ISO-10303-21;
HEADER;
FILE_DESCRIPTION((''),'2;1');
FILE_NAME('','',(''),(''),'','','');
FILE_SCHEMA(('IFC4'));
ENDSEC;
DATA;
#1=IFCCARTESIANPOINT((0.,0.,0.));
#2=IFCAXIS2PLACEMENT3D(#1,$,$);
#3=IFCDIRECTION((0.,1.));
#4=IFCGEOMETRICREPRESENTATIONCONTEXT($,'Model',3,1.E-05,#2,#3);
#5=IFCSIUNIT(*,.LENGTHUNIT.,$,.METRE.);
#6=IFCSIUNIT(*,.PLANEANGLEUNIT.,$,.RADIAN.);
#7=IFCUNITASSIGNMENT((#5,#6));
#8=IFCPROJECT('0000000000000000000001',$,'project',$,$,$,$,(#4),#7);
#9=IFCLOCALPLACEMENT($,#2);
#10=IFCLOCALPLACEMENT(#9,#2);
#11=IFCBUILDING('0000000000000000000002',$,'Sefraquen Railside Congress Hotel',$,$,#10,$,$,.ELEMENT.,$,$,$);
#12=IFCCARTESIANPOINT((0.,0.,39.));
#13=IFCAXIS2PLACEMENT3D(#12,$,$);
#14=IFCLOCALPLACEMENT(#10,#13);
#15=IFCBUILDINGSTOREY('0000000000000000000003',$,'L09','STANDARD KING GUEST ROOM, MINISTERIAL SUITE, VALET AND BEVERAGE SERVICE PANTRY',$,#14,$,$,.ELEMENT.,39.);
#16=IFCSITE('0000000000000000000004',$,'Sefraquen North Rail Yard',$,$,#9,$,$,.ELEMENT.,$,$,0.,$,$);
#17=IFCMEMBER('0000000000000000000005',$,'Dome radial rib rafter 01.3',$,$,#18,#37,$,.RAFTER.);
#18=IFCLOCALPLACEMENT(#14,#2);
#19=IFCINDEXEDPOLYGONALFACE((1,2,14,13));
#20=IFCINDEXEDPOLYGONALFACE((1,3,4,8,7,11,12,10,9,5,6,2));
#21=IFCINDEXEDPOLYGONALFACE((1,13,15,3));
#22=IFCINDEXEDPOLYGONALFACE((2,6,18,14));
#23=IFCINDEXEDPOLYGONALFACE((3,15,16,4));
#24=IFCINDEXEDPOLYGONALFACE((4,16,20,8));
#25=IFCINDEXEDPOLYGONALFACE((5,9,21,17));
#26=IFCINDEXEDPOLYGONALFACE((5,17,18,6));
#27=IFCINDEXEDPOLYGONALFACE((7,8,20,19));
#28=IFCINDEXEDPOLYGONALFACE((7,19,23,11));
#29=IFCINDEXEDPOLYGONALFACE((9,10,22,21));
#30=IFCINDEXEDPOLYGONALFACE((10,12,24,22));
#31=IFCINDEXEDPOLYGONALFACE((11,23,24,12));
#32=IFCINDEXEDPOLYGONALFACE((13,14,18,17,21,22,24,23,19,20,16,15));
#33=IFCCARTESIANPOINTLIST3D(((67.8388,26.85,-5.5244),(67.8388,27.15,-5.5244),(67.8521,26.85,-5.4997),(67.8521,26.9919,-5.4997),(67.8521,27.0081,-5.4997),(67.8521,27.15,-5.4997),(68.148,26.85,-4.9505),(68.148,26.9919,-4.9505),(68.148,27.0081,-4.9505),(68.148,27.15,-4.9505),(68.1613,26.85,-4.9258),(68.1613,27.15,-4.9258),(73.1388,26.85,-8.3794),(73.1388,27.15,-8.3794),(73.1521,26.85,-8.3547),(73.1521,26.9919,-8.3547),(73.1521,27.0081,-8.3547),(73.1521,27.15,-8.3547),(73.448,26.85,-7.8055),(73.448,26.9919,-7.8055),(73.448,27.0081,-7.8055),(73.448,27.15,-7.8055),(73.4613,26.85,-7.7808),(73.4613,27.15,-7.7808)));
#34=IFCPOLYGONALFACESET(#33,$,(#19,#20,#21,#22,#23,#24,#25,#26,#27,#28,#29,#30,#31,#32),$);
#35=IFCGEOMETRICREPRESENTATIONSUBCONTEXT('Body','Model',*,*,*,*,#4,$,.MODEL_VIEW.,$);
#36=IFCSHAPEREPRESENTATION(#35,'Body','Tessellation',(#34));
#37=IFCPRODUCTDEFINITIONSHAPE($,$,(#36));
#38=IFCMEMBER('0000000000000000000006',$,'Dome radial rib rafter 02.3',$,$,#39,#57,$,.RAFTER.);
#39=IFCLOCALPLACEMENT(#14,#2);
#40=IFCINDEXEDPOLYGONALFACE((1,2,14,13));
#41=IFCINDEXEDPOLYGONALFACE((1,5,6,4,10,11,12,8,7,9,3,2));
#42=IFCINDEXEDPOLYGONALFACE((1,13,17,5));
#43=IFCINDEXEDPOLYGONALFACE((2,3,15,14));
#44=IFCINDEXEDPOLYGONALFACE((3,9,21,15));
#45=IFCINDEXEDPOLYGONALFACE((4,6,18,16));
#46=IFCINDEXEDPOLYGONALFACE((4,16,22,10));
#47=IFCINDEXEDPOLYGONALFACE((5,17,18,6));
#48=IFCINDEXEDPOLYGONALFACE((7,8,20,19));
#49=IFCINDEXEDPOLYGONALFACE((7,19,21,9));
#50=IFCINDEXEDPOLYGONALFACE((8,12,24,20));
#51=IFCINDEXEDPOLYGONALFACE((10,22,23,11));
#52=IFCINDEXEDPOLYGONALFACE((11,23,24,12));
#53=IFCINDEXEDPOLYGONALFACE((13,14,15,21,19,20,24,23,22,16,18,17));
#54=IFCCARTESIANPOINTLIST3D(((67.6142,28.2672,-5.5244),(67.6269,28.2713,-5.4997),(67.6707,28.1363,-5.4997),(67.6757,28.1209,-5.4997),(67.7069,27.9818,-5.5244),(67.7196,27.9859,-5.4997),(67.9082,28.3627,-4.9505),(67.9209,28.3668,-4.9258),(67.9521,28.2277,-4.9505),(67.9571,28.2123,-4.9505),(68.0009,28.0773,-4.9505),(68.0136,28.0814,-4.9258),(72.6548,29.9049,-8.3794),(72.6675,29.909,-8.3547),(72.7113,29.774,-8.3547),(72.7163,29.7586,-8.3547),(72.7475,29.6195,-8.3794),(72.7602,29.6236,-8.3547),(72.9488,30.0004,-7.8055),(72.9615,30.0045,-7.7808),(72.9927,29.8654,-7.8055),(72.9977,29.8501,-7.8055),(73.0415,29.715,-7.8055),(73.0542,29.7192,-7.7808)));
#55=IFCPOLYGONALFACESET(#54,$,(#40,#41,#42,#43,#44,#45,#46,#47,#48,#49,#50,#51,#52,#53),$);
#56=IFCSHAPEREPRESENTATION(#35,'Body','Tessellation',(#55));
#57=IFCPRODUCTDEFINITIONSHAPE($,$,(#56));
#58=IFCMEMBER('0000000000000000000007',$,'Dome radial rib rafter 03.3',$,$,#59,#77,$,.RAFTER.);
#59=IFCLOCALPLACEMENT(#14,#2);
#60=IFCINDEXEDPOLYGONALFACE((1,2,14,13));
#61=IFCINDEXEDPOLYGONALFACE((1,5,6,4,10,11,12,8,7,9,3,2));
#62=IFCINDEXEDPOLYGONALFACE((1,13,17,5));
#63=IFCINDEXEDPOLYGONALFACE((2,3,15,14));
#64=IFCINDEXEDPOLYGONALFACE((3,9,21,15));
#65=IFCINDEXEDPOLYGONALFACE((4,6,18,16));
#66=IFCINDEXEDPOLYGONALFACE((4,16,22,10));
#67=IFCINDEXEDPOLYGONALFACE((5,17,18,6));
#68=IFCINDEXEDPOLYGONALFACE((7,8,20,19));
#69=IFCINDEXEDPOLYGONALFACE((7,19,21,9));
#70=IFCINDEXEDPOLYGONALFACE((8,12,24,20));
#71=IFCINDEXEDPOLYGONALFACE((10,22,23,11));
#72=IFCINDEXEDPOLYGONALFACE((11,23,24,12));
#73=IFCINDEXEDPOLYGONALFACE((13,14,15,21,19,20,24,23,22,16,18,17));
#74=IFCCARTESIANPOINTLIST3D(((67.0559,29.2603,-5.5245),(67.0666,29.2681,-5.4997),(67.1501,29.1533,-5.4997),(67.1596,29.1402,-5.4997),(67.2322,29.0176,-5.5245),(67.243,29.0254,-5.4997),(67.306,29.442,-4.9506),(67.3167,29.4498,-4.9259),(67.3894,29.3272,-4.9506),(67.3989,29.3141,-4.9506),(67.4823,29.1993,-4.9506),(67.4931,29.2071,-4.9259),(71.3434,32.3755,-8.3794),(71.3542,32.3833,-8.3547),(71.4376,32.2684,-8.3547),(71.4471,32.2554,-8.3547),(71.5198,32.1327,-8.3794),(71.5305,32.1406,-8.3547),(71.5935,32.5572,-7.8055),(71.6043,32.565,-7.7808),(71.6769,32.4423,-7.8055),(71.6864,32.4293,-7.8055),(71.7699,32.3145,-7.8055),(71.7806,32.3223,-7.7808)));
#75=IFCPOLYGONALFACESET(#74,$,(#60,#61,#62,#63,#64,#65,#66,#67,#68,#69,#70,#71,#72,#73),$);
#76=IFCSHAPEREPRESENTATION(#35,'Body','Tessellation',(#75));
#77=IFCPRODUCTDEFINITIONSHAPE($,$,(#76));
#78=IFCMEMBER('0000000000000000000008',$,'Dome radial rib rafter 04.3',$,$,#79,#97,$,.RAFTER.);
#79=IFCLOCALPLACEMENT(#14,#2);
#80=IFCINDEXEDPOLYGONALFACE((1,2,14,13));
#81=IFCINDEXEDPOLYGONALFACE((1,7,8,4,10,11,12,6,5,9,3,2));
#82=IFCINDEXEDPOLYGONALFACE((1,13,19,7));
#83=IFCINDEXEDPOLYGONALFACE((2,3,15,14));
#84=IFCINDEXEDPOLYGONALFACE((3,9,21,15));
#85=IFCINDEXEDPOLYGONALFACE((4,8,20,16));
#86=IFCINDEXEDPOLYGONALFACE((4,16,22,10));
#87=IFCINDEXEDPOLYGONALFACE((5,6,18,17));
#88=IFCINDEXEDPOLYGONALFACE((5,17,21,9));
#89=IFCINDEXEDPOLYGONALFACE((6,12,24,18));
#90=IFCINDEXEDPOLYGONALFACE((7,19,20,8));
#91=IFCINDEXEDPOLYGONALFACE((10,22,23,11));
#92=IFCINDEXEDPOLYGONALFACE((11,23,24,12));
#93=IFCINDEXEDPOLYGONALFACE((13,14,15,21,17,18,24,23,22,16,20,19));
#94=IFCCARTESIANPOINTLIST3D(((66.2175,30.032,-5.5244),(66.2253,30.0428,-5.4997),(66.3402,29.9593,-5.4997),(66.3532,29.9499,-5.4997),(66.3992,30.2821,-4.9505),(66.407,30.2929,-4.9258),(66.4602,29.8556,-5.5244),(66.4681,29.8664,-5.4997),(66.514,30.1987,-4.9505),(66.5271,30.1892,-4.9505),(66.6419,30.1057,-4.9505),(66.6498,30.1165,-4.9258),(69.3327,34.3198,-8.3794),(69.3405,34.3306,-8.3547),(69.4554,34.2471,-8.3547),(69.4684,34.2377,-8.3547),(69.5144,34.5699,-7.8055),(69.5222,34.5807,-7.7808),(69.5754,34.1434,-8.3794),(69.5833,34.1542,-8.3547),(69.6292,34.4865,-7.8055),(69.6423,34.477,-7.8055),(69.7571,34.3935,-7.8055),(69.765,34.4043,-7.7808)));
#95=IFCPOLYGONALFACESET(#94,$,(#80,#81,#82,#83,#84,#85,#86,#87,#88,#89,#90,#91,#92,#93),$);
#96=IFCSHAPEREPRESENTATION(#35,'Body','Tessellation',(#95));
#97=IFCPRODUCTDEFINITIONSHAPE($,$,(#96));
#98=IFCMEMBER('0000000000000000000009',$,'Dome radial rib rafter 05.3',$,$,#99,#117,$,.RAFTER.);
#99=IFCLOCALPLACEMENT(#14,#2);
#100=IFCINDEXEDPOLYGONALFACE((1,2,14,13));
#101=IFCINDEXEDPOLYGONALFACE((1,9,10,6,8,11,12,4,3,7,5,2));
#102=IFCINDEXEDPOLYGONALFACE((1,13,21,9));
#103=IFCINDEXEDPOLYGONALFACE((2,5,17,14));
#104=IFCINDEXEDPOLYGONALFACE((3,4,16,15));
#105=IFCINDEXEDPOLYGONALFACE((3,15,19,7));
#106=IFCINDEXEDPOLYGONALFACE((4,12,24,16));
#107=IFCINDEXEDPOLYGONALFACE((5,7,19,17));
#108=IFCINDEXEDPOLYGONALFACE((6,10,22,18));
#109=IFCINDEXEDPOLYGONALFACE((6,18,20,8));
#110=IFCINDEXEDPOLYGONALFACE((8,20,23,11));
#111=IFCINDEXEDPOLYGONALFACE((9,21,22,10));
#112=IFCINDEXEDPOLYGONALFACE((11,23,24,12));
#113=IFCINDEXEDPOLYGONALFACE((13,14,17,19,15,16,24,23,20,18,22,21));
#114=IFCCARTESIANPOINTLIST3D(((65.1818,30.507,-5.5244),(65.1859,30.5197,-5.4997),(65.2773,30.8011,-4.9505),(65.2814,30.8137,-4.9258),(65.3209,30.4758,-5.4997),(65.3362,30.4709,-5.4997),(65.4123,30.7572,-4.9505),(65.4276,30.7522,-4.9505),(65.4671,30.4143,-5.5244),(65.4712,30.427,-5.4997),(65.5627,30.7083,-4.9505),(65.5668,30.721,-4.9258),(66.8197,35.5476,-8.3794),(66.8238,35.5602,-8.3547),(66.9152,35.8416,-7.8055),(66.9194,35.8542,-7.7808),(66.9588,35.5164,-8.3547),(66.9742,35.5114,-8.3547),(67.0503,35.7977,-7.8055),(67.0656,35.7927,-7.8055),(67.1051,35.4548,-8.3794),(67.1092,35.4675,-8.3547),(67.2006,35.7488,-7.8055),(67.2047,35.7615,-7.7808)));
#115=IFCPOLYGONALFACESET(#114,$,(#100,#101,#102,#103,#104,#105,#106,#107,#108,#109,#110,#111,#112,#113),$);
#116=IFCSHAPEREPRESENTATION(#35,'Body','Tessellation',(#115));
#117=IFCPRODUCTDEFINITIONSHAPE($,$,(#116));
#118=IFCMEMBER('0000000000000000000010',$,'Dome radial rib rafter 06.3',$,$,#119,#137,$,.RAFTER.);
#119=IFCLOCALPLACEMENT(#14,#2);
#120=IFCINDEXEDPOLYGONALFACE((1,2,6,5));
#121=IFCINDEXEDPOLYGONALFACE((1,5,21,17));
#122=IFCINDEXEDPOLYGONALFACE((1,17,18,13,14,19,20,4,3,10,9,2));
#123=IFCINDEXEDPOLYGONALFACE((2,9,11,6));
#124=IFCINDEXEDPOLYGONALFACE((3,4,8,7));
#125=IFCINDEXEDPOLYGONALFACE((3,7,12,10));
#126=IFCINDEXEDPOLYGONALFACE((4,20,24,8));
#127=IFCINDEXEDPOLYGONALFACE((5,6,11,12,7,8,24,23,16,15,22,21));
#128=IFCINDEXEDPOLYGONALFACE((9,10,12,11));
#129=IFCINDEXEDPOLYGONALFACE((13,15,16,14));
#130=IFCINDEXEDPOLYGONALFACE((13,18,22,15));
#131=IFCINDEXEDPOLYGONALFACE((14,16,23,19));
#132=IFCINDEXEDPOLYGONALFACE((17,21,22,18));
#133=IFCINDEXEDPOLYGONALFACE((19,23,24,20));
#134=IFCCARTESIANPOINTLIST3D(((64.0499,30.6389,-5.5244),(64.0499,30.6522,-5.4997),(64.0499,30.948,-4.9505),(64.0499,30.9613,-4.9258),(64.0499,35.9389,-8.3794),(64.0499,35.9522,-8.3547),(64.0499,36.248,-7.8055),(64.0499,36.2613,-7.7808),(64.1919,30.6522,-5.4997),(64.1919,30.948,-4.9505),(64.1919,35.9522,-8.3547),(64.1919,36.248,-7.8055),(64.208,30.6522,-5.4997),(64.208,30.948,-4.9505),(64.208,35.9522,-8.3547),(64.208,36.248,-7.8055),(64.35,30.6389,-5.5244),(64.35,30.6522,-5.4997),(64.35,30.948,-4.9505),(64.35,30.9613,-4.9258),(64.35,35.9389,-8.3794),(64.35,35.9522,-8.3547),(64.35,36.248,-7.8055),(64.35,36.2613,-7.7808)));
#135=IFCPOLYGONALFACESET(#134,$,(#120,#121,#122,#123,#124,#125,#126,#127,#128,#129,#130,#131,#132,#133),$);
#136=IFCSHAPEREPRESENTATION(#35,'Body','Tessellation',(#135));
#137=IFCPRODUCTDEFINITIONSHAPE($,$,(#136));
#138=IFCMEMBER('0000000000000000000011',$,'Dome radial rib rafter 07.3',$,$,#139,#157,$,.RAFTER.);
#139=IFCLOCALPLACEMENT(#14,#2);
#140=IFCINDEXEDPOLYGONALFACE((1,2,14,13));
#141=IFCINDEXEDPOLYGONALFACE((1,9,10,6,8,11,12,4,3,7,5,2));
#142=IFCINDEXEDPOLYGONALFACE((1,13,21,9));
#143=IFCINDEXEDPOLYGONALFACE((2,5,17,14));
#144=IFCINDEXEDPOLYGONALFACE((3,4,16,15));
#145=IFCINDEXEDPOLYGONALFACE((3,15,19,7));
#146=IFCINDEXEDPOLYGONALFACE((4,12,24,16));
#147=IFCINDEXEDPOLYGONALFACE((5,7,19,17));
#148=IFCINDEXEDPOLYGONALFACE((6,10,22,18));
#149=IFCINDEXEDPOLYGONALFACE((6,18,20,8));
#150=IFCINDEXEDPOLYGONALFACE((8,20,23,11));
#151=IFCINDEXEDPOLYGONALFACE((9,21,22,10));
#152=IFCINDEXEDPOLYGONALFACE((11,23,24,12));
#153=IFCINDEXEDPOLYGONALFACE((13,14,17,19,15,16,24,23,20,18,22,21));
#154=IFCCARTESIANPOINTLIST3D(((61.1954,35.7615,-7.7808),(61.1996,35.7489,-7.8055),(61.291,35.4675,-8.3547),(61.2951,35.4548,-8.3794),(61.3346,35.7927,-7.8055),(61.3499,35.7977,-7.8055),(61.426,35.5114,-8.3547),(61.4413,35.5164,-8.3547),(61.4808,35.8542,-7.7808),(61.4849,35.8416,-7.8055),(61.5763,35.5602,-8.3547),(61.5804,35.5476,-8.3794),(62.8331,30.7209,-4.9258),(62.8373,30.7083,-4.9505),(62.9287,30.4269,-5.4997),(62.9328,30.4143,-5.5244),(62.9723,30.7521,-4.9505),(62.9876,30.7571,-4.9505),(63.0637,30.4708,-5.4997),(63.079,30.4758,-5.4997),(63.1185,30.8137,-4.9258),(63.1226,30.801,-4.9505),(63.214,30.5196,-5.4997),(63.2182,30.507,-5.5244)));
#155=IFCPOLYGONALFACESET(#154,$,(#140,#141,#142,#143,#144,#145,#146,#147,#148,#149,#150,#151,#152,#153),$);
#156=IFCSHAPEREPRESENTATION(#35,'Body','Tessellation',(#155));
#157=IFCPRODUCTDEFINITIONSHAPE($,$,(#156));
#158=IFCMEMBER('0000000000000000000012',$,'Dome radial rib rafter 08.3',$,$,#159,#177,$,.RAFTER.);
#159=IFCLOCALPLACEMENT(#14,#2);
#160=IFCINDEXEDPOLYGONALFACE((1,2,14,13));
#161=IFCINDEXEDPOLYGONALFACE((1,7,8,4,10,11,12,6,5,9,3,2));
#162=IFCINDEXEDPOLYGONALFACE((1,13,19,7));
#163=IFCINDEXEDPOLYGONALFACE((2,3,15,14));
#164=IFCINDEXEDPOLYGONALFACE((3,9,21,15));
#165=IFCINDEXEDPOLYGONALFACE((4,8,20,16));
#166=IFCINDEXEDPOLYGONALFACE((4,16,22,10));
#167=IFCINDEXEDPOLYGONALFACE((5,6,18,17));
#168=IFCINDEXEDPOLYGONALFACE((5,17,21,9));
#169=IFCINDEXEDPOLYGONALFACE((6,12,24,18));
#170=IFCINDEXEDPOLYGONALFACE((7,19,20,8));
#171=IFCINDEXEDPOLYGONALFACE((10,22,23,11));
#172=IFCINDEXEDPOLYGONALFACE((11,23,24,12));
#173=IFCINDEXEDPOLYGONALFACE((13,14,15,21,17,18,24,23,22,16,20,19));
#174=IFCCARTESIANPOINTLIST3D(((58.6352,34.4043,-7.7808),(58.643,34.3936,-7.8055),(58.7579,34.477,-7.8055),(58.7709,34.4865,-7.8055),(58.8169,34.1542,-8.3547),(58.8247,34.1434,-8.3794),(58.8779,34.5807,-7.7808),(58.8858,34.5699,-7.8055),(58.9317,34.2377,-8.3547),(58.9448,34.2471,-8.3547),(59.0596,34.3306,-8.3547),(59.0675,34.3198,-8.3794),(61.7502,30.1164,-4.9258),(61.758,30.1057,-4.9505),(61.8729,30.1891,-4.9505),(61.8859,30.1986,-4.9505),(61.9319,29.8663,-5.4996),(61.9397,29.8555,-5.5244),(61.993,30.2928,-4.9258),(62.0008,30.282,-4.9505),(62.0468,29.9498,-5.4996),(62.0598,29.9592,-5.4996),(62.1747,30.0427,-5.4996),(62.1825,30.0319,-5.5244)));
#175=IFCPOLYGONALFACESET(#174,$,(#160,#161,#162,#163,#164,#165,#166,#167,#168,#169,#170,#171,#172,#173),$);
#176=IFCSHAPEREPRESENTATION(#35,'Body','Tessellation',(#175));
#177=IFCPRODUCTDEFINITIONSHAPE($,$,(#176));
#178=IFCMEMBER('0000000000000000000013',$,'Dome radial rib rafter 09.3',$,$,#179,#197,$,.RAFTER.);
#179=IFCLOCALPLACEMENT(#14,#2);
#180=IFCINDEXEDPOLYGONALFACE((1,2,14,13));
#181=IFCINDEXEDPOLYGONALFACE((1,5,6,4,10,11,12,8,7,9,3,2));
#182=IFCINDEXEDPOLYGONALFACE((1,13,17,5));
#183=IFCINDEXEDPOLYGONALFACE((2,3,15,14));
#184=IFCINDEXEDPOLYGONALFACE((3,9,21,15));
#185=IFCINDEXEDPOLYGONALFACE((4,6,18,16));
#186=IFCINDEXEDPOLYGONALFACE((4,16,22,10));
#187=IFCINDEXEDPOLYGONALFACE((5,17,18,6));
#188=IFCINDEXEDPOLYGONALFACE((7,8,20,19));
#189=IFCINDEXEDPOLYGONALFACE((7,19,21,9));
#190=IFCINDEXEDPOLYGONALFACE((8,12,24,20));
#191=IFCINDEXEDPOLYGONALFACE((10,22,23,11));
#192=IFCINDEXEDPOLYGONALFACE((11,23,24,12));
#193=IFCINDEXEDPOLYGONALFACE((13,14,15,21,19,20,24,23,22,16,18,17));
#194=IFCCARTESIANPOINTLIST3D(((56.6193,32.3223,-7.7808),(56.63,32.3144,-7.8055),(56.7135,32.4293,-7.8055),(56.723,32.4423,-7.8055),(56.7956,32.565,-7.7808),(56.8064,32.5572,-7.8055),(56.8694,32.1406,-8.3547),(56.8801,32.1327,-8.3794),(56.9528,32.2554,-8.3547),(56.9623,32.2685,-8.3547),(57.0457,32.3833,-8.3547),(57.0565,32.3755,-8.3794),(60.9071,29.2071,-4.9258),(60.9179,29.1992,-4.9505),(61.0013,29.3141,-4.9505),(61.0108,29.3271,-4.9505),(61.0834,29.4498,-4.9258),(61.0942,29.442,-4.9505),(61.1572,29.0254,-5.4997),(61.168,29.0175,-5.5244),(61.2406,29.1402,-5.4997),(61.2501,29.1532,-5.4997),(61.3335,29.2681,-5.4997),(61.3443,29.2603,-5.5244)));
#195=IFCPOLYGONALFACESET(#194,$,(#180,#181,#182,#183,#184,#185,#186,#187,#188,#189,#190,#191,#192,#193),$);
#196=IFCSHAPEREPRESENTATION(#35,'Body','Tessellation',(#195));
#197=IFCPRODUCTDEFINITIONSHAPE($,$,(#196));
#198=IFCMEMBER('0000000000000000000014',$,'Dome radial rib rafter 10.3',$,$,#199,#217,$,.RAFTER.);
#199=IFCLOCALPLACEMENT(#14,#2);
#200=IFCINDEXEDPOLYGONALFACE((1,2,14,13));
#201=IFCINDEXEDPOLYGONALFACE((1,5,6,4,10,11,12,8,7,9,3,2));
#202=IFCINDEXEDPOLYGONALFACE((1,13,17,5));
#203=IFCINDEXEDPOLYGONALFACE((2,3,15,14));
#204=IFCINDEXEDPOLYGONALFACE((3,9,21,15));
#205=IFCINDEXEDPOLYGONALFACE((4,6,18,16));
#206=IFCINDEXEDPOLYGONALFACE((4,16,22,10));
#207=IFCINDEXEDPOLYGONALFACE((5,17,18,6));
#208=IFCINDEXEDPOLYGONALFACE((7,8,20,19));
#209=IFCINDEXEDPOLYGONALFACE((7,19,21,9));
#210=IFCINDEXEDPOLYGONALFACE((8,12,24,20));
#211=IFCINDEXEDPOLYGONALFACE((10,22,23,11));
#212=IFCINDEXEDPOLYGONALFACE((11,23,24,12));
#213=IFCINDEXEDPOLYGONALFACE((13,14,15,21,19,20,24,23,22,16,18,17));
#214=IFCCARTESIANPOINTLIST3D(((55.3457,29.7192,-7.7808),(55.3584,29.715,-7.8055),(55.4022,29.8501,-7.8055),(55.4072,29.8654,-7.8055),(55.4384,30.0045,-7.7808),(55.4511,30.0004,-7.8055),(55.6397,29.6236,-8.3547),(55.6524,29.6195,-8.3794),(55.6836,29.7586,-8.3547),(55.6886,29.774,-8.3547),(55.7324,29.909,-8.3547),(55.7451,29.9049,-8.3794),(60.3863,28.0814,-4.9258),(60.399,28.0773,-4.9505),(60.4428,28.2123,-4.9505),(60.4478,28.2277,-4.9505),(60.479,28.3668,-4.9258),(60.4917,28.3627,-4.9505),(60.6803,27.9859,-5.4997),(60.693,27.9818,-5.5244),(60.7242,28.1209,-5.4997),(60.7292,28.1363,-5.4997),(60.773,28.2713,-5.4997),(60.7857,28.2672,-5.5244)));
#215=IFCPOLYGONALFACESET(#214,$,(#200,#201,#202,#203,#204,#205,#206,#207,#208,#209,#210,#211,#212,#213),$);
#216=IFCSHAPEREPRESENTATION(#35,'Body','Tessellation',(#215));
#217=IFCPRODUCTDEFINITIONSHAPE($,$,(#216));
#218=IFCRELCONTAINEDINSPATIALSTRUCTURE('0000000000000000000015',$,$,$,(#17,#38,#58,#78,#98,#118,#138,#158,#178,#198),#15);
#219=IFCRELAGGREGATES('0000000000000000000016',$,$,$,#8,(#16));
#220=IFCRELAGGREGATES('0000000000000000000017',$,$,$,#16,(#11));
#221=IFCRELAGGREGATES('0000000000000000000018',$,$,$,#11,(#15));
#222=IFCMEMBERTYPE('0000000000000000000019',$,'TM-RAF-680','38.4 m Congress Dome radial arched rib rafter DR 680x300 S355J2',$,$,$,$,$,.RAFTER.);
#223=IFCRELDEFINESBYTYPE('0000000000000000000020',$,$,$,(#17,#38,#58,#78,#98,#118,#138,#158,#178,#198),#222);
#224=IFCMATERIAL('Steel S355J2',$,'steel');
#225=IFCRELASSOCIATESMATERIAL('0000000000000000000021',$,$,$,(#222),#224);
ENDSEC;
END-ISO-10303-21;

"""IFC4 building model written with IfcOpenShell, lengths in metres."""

from ifc_helpers import new_model, si_unit, direction, frame, origin, origin_2d, place, context, subcontext, project, spatial, i_section, extrude, material, material_profile, profile_set, type_object, element, save


model = new_model("IFC4")

# Units and contexts
model_context = context("Model", 3, precision=1e-05, world=origin(), true_north=direction((0.0, 1.0)))
body_context = subcontext(model_context, "Body", "Model", "MODEL_VIEW")
ifc_project = project(units=[si_unit("LENGTHUNIT", "METRE"), si_unit("PLANEANGLEUNIT", "RADIAN")], contexts=[model_context])

# Site, building, storey
site_placement = place(None, origin())
site = spatial("IfcSite", under=ifc_project, at=site_placement, Name="Sefraquen North Rail Yard", CompositionType="ELEMENT", RefElevation=0.0)
building_placement = place(site_placement, origin())
building = spatial("IfcBuilding", under=site, at=building_placement, Name="Sefraquen Railside Congress Hotel", CompositionType="ELEMENT")
storey_placement = place(building_placement, frame((0.0, 0.0, 39.0)))
storey = spatial("IfcBuildingStorey", under=building, at=storey_placement, Name="L09", Description="STANDARD KING GUEST ROOM, MINISTERIAL SUITE, VALET AND BEVERAGE SERVICE PANTRY", CompositionType="ELEMENT", Elevation=39.0)

# Members
ifc_material_1 = material(Name="Steel S355J2", Category="steel")
ifc_material_profile_1 = material_profile(ifc_material_1, i_section(OverallWidth=0.3, OverallDepth=0.6799, WebThickness=0.0161, FlangeThickness=0.0281, at=origin_2d()), Name="DR 680x300")
ifc_profile_set_1 = profile_set([ifc_material_profile_1], Name="Steel S355J2")
member_type_1 = type_object("IfcMemberType", Name="TM-RAF-680", Description="38.4 m Congress Dome radial arched rib rafter DR 680x300 S355J2", PredefinedType="RAFTER", material=ifc_profile_set_1)
for number, where, z_axis, x_axis, name in (
    (1, (73.3, 27.0, -8.0801), (-0.880394, 0.0, 0.474243), (0.0, -1.0, 0.0), "Dome radial rib rafter 01.3"),
    (2, (72.8545, 29.812, -8.0801), (-0.837303, -0.272044, 0.474253), (0.309005, -0.95106, 0.0), "Dome radial rib rafter 02.3"),
):
    element("IfcMember", number, at=place(storey_placement, frame(where, z_axis=z_axis, x_axis=x_axis)), inside=storey, type_object=member_type_1, Name=name, PredefinedType="RAFTER", context=body_context, shape_type="SweptSolid", body=[
        extrude(i_section(OverallWidth=0.3, OverallDepth=0.6799, WebThickness=0.0161, FlangeThickness=0.0281, at=origin_2d()), origin(), (0.0, 0.0, 1.0), 6.02),
    ])
member_1_placement = place(storey_placement, frame((71.562, 32.3489, -8.0801), z_axis=(-0.712238, -0.51749, 0.474258), x_axis=(0.587799, -0.809007, 0.0)))
element("IfcMember", 3, at=member_1_placement, inside=storey, type_object=member_type_1, Name="Dome radial rib rafter 03.3", PredefinedType="RAFTER", context=body_context, shape_type="SweptSolid", body=[
    extrude(i_section(OverallWidth=0.3, OverallDepth=0.6799, WebThickness=0.0161, FlangeThickness=0.0281, at=origin_2d()), origin(), (0.0, 0.0, 1.0), 6.0198),
])
for number, where, z_axis, x_axis, name in (
    (4, (69.5488, 34.3621, -8.0801), (-0.517475, -0.712258, 0.474244), (0.809023, -0.587777, 0.0), "Dome radial rib rafter 04.3"),
    (5, (67.0122, 35.6545, -8.0801), (-0.272082, -0.837294, 0.474247), (0.951047, -0.309046, 0.0), "Dome radial rib rafter 05.3"),
    (6, (64.2, 36.1001, -8.0801), (0.0, -0.880394, 0.474243), (1.0, 0.0, 0.0), "Dome radial rib rafter 06.3"),
    (7, (61.3879, 35.6545, -8.0801), (0.272044, -0.837303, 0.474253), (0.95106, 0.309005, 0.0), "Dome radial rib rafter 07.3"),
    (8, (58.8513, 34.3621, -8.0801), (0.517445, -0.712273, 0.474254), (0.809045, 0.587747, 0.0), "Dome radial rib rafter 08.3"),
    (9, (56.8379, 32.3489, -8.0801), (0.712258, -0.517475, 0.474244), (0.587777, 0.809023, 0.0), "Dome radial rib rafter 09.3"),
    (10, (55.5454, 29.812, -8.0801), (0.837303, -0.272044, 0.474253), (0.309005, 0.95106, 0.0), "Dome radial rib rafter 10.3"),
):
    element("IfcMember", number, at=place(storey_placement, frame(where, z_axis=z_axis, x_axis=x_axis)), inside=storey, type_object=member_type_1, Name=name, PredefinedType="RAFTER", context=body_context, shape_type="SweptSolid", body=[
        extrude(i_section(OverallWidth=0.3, OverallDepth=0.6799, WebThickness=0.0161, FlangeThickness=0.0281, at=origin_2d()), origin(), (0.0, 0.0, 1.0), 6.02),
    ])

save(model, "model.ifc")
